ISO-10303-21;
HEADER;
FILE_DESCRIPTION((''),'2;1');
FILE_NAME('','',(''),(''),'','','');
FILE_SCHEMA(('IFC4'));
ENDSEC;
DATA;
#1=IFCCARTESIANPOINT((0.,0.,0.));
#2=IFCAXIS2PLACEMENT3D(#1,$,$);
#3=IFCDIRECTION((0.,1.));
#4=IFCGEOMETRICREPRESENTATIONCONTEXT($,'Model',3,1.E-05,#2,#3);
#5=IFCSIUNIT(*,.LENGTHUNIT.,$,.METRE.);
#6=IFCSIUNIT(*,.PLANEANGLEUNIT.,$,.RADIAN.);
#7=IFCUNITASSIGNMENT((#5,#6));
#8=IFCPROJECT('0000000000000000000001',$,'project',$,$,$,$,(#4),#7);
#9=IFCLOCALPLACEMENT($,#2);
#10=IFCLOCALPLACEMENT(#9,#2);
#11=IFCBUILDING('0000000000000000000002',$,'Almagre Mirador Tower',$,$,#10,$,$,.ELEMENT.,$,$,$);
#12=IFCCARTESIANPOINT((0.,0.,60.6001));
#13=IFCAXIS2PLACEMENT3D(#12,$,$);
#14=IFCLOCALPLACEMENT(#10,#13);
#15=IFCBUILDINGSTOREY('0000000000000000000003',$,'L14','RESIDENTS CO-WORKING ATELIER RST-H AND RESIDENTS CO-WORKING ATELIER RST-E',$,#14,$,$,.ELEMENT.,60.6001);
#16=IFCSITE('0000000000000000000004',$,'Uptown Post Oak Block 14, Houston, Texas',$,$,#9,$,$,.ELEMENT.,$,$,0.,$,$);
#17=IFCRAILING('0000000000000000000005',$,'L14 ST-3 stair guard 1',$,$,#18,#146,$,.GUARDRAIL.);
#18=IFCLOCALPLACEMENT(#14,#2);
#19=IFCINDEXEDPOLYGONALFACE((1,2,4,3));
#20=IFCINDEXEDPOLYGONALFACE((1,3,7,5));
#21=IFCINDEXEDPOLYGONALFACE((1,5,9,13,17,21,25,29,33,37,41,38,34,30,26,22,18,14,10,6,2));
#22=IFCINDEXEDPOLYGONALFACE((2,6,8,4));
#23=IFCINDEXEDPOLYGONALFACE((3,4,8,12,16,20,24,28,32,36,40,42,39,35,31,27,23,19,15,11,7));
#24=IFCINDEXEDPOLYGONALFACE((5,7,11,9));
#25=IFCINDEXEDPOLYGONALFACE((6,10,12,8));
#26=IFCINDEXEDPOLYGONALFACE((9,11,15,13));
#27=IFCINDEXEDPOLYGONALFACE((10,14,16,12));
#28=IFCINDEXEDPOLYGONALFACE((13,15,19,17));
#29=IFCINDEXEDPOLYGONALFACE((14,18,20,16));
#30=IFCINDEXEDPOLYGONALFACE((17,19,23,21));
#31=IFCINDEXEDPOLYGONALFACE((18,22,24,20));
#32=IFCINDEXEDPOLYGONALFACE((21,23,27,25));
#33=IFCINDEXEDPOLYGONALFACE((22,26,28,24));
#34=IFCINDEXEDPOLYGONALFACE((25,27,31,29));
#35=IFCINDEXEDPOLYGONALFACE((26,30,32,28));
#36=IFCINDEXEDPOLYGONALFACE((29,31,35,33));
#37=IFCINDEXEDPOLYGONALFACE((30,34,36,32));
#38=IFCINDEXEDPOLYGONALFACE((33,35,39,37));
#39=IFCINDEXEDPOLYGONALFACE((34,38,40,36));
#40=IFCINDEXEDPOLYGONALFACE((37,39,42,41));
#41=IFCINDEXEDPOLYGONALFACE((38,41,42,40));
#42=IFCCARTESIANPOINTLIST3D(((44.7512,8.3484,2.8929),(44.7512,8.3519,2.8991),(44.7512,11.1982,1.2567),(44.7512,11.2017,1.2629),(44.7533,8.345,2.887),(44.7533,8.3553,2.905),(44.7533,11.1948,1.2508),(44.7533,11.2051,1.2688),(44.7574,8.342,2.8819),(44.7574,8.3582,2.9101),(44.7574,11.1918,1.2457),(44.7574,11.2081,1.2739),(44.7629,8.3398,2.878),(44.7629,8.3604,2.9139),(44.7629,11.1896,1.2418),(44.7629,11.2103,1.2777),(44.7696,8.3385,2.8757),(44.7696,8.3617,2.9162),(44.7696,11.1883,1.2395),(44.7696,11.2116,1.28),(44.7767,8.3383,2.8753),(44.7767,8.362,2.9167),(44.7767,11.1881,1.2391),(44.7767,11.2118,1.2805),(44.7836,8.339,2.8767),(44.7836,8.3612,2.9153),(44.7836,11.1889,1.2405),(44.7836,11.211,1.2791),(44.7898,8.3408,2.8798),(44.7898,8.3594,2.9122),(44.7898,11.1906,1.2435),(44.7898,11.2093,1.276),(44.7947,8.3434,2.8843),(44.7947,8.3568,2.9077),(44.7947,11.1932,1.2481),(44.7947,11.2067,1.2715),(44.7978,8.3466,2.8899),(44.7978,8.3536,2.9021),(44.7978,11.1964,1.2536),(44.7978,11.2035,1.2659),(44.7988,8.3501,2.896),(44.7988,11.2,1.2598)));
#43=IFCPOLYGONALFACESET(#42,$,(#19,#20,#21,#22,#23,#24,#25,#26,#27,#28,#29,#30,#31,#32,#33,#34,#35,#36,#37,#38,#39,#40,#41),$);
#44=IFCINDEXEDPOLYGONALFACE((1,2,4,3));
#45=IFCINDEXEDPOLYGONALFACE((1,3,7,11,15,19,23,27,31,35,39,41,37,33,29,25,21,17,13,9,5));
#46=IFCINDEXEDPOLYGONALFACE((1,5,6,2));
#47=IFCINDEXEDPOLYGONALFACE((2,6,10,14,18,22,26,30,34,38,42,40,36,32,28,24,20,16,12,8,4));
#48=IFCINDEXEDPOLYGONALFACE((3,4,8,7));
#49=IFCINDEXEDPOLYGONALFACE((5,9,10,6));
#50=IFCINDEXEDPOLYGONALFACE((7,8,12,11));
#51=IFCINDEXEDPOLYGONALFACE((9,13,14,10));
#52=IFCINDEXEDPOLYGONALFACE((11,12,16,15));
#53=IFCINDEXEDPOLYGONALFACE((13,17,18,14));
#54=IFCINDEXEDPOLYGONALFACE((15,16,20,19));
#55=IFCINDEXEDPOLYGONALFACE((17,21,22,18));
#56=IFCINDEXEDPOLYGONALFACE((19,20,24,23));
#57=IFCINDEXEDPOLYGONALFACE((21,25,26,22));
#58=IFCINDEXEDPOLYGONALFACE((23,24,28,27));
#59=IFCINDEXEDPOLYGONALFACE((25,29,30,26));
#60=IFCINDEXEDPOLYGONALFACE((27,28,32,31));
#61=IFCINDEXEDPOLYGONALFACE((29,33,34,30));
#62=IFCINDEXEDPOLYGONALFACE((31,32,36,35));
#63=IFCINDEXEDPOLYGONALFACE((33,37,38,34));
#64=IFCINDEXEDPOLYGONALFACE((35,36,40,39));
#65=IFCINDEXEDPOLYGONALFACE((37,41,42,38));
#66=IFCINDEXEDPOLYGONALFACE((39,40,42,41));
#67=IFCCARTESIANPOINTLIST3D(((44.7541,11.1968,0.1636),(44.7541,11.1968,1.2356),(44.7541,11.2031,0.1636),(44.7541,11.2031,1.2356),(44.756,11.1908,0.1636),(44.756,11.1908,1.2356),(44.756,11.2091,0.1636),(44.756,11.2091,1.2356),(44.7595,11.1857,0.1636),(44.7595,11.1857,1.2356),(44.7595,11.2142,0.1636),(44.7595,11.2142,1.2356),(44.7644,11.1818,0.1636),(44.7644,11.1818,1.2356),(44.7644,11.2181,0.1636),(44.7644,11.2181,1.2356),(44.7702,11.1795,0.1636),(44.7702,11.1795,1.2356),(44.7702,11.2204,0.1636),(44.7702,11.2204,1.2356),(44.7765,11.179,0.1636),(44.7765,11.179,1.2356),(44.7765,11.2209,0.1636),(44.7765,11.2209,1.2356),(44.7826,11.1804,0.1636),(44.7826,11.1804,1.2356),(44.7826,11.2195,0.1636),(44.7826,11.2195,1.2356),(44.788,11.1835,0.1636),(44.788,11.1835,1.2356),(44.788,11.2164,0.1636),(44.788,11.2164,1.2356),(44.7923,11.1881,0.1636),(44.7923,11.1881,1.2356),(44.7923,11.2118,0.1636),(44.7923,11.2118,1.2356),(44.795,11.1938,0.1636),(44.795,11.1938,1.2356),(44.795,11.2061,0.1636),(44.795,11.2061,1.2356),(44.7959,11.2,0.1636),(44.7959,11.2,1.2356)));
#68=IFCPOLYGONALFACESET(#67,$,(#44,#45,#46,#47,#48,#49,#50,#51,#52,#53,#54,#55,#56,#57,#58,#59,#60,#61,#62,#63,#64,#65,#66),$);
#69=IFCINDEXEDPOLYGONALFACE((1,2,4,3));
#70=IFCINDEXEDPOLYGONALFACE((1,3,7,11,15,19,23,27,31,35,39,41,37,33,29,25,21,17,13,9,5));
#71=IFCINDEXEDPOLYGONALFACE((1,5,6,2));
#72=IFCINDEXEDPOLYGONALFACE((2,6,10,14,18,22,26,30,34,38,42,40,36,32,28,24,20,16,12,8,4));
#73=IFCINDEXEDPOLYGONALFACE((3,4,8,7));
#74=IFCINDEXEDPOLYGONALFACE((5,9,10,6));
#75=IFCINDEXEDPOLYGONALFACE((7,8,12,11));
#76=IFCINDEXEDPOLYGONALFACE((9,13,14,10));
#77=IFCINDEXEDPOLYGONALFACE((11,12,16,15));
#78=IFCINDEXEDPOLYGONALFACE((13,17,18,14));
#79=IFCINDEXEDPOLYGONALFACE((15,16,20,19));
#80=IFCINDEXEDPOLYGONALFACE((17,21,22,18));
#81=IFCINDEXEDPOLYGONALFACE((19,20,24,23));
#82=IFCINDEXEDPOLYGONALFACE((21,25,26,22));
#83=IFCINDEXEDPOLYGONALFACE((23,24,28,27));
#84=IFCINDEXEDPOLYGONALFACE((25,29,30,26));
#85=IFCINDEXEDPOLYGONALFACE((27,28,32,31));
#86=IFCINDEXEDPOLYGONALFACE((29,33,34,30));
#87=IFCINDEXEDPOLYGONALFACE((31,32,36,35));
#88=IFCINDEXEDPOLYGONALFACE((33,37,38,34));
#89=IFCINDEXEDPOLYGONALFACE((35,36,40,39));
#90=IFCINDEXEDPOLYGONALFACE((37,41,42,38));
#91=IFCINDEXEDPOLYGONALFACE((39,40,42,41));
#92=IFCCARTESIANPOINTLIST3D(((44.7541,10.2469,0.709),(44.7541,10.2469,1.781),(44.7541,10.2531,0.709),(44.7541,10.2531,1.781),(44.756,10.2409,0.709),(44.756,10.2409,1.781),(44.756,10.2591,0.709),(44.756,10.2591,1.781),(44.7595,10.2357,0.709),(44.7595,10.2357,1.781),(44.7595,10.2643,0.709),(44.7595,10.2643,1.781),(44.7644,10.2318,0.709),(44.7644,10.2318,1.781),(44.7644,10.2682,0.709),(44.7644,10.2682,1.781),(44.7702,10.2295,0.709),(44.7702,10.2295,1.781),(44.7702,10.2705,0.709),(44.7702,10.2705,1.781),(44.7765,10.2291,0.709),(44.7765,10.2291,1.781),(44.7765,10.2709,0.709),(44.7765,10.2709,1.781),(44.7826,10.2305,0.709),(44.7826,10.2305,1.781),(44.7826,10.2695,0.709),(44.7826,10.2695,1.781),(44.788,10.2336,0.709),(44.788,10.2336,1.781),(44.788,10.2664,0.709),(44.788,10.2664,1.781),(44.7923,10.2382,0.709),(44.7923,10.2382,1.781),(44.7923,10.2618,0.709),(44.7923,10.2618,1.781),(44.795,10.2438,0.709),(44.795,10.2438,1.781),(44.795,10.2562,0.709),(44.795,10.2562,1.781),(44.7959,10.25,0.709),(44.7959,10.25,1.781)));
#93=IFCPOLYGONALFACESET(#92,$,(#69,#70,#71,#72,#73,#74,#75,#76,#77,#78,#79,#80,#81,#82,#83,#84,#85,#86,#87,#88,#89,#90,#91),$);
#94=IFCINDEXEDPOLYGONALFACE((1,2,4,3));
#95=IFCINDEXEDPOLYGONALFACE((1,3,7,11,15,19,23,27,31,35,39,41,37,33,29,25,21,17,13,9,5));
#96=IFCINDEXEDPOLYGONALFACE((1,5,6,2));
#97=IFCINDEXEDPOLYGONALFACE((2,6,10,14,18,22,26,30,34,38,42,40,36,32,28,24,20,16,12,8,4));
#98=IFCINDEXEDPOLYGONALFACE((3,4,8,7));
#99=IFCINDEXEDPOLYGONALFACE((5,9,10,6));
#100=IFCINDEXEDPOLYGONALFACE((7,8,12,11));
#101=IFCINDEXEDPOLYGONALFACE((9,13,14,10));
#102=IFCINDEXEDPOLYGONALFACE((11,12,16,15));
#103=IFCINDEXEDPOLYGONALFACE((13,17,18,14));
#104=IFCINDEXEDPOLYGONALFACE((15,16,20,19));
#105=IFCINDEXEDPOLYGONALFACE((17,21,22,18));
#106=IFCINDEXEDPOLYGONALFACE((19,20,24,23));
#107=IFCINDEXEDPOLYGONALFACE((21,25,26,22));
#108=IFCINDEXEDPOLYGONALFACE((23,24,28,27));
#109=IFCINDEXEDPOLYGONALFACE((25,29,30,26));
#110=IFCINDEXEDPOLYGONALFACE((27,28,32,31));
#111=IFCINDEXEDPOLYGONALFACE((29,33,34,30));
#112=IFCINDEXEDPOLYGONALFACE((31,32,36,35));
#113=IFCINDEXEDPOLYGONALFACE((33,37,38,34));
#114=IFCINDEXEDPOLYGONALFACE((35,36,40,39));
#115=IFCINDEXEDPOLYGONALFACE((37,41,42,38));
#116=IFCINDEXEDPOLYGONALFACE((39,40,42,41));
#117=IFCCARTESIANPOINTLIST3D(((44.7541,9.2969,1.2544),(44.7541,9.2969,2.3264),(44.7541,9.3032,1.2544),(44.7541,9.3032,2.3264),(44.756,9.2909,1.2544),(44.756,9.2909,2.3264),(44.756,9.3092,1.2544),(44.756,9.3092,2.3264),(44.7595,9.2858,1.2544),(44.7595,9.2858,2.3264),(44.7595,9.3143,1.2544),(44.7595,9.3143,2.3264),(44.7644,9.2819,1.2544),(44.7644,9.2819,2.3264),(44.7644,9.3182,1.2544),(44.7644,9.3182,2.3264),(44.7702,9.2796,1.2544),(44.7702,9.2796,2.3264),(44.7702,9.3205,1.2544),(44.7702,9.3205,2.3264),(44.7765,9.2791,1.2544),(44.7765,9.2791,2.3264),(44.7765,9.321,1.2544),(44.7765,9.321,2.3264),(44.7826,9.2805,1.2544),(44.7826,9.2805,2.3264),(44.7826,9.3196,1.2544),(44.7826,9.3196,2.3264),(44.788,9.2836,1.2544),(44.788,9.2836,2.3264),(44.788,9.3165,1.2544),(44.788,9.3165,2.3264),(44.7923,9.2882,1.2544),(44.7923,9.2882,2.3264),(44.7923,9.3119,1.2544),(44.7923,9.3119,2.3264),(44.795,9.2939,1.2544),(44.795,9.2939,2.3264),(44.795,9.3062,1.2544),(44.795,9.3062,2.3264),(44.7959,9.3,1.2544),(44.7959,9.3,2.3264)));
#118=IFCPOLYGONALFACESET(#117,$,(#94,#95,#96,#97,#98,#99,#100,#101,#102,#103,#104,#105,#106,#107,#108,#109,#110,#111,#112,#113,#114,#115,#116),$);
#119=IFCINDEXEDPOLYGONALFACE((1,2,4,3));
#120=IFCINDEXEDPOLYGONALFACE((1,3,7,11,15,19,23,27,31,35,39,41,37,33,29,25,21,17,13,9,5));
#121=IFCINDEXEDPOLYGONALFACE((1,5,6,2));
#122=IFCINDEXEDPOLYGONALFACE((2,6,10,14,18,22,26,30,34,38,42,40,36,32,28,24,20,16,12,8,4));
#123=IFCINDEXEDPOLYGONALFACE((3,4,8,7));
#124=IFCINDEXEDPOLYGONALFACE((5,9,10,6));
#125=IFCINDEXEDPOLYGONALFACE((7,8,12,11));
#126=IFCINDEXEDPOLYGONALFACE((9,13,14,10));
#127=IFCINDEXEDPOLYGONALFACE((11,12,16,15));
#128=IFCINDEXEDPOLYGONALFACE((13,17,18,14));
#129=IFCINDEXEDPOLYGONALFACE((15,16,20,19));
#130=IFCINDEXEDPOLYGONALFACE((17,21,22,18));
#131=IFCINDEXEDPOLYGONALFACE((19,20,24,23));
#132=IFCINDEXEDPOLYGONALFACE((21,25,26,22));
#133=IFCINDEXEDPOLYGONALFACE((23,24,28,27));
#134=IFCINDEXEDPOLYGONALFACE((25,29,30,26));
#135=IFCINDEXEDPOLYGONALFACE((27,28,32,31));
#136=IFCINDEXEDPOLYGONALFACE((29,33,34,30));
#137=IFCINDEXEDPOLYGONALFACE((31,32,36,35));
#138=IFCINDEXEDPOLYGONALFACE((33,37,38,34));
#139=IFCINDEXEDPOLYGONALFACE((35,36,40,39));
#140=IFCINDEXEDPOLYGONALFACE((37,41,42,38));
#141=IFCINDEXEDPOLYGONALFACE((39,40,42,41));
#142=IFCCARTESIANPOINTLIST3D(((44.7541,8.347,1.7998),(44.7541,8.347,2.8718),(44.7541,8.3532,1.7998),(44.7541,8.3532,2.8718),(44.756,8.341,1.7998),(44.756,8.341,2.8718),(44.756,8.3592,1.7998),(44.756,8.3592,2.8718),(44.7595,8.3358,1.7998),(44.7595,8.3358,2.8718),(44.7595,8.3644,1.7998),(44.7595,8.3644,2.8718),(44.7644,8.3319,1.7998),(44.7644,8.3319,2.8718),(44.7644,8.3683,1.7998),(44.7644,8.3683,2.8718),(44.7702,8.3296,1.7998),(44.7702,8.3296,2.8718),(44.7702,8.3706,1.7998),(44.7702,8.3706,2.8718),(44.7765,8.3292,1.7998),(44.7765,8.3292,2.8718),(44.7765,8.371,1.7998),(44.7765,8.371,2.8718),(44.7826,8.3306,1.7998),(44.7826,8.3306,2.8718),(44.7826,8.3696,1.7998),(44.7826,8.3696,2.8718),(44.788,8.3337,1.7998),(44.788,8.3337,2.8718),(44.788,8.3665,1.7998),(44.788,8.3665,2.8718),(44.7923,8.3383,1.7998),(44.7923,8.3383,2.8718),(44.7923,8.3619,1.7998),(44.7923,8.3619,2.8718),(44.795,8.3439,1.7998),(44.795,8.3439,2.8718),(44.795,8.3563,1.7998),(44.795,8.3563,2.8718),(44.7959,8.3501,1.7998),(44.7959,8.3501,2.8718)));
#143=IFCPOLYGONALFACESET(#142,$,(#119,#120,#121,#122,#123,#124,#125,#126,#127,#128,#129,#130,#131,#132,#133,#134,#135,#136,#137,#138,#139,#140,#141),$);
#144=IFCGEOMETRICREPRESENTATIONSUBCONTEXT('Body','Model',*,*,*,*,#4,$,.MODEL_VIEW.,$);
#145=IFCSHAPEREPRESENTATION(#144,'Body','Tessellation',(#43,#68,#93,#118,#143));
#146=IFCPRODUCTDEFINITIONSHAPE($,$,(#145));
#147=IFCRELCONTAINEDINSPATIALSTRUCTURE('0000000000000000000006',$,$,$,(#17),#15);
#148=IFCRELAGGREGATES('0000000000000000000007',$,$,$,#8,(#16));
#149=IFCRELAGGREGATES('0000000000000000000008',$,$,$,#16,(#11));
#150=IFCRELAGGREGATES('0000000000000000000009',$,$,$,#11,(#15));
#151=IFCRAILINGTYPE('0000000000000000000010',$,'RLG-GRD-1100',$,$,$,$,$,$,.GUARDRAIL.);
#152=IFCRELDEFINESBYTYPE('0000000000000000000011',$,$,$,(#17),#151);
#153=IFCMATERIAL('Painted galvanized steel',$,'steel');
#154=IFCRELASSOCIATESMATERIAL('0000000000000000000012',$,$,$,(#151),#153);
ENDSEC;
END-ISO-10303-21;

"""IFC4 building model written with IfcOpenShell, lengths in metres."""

from ifc_helpers import new_model, si_unit, direction, frame, origin, origin_2d, place, context, subcontext, project, spatial, circle, extrude, material, type_object, element, save


model = new_model("IFC4")

# Units and contexts
model_context = context("Model", 3, precision=1e-05, world=origin(), true_north=direction((0.0, 1.0)))
body_context = subcontext(model_context, "Body", "Model", "MODEL_VIEW")
ifc_project = project(units=[si_unit("LENGTHUNIT", "METRE"), si_unit("PLANEANGLEUNIT", "RADIAN")], contexts=[model_context])

# Site, building, storey
site_placement = place(None, origin())
site = spatial("IfcSite", under=ifc_project, at=site_placement, Name="Uptown Post Oak Block 14, Houston, Texas", CompositionType="ELEMENT", RefElevation=0.0)
building_placement = place(site_placement, origin())
building = spatial("IfcBuilding", under=site, at=building_placement, Name="Almagre Mirador Tower", CompositionType="ELEMENT")
storey_placement = place(building_placement, frame((0.0, 0.0, 60.6001)))
storey = spatial("IfcBuildingStorey", under=building, at=storey_placement, Name="L14", Description="RESIDENTS CO-WORKING ATELIER RST-H AND RESIDENTS CO-WORKING ATELIER RST-E", CompositionType="ELEMENT", Elevation=60.6001)

# Railing
ifc_material_1 = material(Name="Painted galvanized steel", Category="steel")
railing_type_1 = type_object("IfcRailingType", Name="RLG-GRD-1100", PredefinedType="GUARDRAIL", material=ifc_material_1)
railing_1_placement = place(storey_placement, frame((44.7749, 11.2, 0.1636)))
element("IfcRailing", 1, at=railing_1_placement, inside=storey, type_object=railing_type_1, Name="L14 ST-3 stair guard 1", PredefinedType="GUARDRAIL", context=body_context, shape_type="SweptSolid", body=[
    extrude(circle(Radius=0.0239, at=origin_2d()), frame((0.0, 0.0, 1.0962), z_axis=(0.0, -0.867226, 0.497914), x_axis=(1.0, 0.0, 0.0)), (0.0, 0.0, 1.0), 3.2861),
    extrude(circle(Radius=0.021, at=origin_2d()), origin(), (0.0, 0.0, 1.0), 1.072),
    extrude(circle(Radius=0.021, at=origin_2d()), frame((0.0, -0.95, 0.5454)), (0.0, 0.0, 1.0), 1.072),
    extrude(circle(Radius=0.021, at=origin_2d()), frame((0.0, -1.8999, 1.0908)), (0.0, 0.0, 1.0), 1.072),
    extrude(circle(Radius=0.021, at=origin_2d()), frame((0.0, -2.8499, 1.6362)), (0.0, 0.0, 1.0), 1.072),
])

save(model, "model.ifc")
